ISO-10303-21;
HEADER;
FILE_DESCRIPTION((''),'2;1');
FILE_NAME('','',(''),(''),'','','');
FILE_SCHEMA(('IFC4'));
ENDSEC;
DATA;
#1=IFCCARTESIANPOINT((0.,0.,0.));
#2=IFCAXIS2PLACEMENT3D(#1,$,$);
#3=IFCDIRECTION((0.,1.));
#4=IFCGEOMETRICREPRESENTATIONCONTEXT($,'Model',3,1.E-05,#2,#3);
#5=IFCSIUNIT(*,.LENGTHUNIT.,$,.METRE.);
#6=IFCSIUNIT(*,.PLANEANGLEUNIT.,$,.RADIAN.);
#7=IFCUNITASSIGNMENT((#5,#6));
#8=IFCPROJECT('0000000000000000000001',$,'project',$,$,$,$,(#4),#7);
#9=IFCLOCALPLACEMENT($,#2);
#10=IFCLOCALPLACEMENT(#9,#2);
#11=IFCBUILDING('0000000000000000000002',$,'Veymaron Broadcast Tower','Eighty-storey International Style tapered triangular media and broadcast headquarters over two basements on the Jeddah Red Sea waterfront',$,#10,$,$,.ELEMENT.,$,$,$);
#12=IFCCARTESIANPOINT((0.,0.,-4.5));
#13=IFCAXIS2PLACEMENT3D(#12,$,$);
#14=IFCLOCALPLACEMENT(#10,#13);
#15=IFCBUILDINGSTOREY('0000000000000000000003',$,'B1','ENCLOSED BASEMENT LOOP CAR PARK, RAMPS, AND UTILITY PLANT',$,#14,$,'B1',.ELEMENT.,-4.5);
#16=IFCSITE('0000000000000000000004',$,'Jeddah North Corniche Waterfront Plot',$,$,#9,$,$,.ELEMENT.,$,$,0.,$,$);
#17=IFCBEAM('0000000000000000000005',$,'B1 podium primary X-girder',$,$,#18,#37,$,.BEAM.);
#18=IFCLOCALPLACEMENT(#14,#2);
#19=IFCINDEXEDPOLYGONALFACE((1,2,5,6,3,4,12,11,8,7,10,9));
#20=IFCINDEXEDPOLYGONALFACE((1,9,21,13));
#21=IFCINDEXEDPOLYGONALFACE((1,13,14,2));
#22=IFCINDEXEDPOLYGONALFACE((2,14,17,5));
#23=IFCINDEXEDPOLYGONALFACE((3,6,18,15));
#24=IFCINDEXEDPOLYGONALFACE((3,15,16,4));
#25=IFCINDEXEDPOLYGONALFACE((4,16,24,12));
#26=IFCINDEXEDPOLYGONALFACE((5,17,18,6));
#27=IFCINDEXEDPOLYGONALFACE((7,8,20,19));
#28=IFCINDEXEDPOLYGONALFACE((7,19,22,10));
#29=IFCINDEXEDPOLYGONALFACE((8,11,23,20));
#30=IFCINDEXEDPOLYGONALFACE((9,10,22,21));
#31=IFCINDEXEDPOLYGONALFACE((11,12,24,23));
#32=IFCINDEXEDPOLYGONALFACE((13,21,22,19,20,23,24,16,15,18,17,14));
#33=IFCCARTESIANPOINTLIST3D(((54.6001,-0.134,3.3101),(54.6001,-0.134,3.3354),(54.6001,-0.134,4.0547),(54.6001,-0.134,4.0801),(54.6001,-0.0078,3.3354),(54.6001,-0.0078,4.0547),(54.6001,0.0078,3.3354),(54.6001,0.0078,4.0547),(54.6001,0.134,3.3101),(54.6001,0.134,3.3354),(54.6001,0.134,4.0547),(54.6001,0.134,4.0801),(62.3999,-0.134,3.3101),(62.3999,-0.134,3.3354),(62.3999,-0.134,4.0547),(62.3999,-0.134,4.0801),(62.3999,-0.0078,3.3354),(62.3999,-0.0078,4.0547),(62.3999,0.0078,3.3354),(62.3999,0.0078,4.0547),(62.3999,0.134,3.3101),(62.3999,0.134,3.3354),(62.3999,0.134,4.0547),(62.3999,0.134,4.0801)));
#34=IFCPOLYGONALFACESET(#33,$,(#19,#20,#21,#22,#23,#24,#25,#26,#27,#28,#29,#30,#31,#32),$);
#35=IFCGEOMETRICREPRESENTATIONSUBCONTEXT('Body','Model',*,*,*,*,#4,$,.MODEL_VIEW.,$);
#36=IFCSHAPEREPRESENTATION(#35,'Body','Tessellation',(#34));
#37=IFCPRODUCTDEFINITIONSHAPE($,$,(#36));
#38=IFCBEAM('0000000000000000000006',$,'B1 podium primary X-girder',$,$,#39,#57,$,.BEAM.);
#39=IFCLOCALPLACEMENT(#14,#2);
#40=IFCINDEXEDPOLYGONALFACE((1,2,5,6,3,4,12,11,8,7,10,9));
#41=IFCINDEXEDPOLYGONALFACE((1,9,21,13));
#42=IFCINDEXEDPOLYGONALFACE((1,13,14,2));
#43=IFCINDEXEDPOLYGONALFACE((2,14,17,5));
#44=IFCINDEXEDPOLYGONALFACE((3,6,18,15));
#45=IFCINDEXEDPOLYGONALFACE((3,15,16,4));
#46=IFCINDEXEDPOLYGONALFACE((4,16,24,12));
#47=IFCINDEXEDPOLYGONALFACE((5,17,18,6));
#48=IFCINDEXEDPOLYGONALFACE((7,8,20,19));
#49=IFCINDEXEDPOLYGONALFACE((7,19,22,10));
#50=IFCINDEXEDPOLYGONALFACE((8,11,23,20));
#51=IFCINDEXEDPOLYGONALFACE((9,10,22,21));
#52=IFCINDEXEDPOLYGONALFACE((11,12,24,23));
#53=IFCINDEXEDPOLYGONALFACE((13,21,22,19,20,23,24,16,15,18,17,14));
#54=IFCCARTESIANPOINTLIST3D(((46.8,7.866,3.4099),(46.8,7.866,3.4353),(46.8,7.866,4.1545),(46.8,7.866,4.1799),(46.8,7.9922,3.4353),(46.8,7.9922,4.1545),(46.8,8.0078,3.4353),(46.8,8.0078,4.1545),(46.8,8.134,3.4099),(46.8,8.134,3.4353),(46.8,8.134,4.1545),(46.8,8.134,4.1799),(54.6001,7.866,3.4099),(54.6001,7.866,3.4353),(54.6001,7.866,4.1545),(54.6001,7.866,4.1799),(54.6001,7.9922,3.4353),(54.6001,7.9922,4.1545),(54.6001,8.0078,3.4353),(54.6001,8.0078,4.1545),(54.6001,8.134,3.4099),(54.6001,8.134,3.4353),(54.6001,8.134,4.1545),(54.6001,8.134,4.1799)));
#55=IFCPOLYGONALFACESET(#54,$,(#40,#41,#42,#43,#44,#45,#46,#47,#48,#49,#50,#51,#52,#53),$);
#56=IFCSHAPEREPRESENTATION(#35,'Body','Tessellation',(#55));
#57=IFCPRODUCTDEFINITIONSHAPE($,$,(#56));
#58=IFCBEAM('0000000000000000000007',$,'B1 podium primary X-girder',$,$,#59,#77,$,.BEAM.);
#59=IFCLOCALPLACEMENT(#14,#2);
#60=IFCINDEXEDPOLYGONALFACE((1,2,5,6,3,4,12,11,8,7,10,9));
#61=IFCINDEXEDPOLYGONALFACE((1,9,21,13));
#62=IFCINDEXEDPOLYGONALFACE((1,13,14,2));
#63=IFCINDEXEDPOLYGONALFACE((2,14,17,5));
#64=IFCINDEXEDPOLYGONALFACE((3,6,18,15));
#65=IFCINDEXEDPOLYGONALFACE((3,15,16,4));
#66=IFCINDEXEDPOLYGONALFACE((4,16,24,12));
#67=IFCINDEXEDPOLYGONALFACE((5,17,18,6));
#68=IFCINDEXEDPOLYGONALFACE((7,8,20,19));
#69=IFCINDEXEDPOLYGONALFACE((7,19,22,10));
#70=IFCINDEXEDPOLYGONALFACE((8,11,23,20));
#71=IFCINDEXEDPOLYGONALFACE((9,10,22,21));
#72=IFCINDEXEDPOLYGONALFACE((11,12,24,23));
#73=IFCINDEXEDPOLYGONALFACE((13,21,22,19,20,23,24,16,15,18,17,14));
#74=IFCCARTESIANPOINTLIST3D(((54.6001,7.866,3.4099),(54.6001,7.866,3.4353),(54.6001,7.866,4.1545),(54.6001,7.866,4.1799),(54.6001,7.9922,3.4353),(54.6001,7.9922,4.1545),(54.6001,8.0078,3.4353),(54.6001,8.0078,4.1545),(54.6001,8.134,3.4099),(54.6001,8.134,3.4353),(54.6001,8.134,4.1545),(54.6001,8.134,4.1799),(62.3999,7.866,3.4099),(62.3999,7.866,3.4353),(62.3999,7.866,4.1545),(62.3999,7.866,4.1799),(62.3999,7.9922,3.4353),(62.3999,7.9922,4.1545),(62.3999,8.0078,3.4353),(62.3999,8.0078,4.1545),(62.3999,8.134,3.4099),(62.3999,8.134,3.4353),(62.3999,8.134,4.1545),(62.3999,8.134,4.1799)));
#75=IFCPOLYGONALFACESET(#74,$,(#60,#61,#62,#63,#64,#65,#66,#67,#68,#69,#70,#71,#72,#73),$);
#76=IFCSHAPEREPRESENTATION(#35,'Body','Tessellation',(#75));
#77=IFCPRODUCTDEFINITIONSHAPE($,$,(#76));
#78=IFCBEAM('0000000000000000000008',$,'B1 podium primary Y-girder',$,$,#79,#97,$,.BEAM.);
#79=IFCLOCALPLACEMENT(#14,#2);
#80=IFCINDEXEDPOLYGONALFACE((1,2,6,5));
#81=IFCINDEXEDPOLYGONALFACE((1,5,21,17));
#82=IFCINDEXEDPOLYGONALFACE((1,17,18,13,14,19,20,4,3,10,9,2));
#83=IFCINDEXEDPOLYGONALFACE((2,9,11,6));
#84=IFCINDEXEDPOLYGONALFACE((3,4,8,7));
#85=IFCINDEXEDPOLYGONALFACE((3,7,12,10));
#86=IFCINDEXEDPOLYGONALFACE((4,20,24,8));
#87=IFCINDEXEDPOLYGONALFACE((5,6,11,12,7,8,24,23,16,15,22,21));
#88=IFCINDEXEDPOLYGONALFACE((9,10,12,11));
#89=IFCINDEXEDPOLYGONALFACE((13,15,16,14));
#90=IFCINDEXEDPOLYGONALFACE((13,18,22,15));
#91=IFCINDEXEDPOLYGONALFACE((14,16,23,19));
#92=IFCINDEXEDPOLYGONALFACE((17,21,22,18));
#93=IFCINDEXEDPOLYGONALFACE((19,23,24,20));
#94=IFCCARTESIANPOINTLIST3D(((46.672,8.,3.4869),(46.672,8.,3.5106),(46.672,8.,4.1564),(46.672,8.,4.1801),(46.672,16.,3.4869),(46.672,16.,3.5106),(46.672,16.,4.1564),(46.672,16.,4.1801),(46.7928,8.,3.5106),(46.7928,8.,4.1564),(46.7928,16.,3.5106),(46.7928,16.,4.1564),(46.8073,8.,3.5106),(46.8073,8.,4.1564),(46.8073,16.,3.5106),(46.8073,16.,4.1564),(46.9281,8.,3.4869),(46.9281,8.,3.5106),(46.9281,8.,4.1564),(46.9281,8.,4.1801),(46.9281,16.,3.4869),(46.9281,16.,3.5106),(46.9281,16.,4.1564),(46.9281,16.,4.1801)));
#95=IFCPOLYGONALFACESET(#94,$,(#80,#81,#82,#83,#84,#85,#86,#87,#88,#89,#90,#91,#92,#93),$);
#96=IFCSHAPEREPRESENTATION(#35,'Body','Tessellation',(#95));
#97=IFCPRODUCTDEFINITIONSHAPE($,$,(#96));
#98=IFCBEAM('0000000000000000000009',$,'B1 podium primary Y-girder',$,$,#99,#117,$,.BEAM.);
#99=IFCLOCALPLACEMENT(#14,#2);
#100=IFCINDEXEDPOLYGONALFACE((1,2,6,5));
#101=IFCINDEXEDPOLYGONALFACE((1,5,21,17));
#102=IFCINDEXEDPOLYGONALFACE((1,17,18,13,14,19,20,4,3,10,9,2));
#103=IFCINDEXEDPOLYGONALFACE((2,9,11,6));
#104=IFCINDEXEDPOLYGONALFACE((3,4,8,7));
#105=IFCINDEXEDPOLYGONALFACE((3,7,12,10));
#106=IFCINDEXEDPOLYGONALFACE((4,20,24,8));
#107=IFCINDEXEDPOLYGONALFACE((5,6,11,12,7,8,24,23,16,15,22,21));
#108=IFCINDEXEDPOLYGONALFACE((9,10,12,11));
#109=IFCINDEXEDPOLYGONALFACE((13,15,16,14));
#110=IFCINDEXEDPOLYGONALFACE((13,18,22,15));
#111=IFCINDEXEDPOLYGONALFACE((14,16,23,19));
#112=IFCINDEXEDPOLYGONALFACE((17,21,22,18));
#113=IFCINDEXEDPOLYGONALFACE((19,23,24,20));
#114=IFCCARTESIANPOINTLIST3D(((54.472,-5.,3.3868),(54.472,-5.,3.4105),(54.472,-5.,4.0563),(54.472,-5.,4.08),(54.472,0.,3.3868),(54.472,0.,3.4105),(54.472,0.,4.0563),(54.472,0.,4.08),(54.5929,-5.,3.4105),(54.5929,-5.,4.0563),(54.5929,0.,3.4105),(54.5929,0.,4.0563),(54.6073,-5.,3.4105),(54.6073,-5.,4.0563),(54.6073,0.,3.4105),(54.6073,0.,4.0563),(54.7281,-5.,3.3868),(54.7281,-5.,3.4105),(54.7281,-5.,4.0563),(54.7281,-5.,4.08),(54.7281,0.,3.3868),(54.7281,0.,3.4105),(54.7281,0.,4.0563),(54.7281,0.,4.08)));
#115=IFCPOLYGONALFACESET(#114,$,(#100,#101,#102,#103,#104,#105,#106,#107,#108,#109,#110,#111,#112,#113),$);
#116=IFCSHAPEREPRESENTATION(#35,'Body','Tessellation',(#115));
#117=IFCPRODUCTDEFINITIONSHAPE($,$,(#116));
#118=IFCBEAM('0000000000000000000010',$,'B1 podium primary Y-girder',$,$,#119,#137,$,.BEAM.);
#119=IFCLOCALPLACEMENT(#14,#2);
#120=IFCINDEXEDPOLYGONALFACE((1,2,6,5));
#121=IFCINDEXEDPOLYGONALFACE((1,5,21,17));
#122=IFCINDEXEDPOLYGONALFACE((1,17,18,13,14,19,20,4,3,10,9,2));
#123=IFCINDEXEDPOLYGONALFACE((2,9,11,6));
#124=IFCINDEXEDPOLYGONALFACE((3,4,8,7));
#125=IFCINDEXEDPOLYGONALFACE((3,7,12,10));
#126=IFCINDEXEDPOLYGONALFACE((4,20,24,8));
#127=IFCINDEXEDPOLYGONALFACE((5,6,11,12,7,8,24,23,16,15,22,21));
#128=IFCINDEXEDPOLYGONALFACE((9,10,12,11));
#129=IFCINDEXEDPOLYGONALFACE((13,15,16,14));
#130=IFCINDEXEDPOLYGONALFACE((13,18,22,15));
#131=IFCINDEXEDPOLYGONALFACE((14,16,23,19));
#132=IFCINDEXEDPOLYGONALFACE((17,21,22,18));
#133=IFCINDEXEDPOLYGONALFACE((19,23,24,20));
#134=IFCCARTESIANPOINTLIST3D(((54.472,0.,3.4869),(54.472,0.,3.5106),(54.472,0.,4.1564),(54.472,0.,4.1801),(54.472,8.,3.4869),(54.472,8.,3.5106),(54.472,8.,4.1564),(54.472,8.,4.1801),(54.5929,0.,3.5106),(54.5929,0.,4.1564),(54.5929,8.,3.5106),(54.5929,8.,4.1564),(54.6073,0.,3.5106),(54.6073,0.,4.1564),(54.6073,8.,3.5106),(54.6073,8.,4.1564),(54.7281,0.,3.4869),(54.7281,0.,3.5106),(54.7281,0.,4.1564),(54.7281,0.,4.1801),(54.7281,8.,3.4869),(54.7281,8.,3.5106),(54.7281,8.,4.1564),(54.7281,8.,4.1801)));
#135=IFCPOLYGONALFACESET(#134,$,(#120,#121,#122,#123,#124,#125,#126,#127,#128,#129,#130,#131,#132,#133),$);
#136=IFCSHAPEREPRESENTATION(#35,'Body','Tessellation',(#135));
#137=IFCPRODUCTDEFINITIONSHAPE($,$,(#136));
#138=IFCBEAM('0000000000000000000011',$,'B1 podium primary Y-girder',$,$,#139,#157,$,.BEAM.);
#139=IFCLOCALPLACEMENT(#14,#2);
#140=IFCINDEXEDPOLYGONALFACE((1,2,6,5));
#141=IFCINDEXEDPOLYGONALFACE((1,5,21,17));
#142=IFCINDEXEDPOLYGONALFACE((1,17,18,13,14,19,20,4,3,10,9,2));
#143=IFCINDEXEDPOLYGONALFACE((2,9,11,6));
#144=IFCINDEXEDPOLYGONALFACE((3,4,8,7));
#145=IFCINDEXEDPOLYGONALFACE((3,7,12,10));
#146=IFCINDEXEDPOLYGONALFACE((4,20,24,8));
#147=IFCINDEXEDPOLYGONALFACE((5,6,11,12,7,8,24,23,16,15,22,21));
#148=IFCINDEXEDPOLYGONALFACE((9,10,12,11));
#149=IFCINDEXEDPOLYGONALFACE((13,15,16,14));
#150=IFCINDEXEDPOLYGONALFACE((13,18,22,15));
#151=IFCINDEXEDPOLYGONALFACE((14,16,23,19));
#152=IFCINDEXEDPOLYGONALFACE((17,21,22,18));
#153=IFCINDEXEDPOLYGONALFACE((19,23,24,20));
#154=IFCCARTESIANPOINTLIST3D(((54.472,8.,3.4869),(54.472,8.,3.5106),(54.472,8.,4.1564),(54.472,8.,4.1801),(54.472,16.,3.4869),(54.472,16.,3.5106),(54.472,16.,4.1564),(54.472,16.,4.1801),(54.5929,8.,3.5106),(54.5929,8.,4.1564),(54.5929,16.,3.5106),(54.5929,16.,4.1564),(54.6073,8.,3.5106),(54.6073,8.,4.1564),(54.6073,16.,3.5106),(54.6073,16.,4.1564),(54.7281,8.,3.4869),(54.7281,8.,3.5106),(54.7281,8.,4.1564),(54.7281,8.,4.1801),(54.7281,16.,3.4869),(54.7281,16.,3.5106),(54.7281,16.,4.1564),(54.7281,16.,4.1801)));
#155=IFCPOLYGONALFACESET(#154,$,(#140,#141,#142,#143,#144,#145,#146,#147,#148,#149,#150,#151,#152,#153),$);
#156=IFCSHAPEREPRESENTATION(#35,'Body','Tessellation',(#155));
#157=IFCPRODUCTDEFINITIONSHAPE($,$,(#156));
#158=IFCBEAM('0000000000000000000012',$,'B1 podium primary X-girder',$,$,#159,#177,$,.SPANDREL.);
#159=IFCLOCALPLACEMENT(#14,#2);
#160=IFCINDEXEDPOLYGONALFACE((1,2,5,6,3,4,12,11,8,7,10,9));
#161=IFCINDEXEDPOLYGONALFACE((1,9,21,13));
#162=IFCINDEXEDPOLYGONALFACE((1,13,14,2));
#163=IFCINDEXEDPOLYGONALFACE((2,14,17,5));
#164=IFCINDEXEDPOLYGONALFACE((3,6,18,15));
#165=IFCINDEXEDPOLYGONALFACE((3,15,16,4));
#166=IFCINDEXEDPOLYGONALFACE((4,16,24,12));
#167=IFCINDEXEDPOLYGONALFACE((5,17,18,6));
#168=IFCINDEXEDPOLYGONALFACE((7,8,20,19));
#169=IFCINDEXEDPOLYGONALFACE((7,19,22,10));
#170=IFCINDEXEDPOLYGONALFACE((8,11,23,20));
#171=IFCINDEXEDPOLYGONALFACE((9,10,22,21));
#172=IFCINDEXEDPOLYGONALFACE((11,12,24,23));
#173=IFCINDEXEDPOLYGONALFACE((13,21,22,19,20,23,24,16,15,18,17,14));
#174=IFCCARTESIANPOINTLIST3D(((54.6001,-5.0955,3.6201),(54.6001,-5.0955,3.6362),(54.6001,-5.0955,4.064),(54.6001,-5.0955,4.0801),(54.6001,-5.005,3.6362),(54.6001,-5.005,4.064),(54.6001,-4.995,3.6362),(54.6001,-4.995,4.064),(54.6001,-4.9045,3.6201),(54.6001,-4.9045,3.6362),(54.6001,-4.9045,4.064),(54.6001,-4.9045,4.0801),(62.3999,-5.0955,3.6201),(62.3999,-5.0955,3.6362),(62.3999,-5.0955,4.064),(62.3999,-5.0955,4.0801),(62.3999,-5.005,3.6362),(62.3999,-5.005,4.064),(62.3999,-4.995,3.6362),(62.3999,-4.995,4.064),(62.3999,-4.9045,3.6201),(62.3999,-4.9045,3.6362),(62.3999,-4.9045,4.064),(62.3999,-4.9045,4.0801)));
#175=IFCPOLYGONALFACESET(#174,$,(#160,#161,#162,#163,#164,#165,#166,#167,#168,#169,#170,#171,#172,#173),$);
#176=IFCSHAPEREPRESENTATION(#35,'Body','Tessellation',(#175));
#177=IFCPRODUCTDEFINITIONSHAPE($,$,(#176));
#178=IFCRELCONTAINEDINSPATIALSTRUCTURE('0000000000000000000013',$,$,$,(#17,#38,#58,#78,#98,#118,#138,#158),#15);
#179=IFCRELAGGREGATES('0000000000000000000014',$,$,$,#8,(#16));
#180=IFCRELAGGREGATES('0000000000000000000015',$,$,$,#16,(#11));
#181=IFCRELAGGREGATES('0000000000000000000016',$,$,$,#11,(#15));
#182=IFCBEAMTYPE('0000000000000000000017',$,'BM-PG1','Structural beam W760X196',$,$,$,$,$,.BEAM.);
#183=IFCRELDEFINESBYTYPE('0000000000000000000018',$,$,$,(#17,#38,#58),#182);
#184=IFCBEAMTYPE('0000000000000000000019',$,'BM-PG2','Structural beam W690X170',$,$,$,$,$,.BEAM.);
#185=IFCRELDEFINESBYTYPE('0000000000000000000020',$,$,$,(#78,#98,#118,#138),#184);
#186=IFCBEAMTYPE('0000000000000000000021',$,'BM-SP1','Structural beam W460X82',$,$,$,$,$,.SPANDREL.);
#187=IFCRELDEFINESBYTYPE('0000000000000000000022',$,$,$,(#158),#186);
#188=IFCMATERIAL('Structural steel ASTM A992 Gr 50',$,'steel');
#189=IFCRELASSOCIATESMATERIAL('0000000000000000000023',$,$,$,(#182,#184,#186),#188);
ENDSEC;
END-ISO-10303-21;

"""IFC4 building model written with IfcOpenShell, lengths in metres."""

from ifc_helpers import new_model, si_unit, direction, frame, origin, origin_2d, place, context, subcontext, project, spatial, i_section, extrude, material, material_profile, profile_set, type_object, element, save


model = new_model("IFC4")

# Units and contexts
model_context = context("Model", 3, precision=1e-05, world=origin(), true_north=direction((0.0, 1.0)))
body_context = subcontext(model_context, "Body", "Model", "MODEL_VIEW")
ifc_project = project(units=[si_unit("LENGTHUNIT", "METRE"), si_unit("PLANEANGLEUNIT", "RADIAN")], contexts=[model_context])

# Site, building, storey
site_placement = place(None, origin())
site = spatial("IfcSite", under=ifc_project, at=site_placement, Name="Jeddah North Corniche Waterfront Plot", CompositionType="ELEMENT", RefElevation=0.0)
building_placement = place(site_placement, origin())
building = spatial("IfcBuilding", under=site, at=building_placement, Name="Veymaron Broadcast Tower", Description="Eighty-storey International Style tapered triangular media and broadcast headquarters over two basements on the Jeddah Red Sea waterfront", CompositionType="ELEMENT")
storey_placement = place(building_placement, frame((0.0, 0.0, -4.5)))
storey = spatial("IfcBuildingStorey", under=building, at=storey_placement, Name="B1", Description="ENCLOSED BASEMENT LOOP CAR PARK, RAMPS, AND UTILITY PLANT", LongName="B1", CompositionType="ELEMENT", Elevation=-4.5)

# Beams
ifc_material_1 = material(Name="Structural steel ASTM A992 Gr 50", Category="steel")
ifc_material_profile_1 = material_profile(ifc_material_1, i_section(OverallWidth=0.2681, OverallDepth=0.77, WebThickness=0.0156, FlangeThickness=0.0254, at=origin_2d()), Name="W760X196")
ifc_profile_set_1 = profile_set([ifc_material_profile_1], Name="Structural steel ASTM A992 Gr 50")
beam_type_1 = type_object("IfcBeamType", Name="BM-PG1", Description="Structural beam W760X196", PredefinedType="BEAM", material=ifc_profile_set_1)
beam_1_placement = place(storey_placement, frame((54.6001, 0.0, 3.6951), z_axis=(1.0, 0.0, 0.0), x_axis=(0.0, 1.0, 0.0)))
element("IfcBeam", 1, at=beam_1_placement, inside=storey, type_object=beam_type_1, Name="B1 podium primary X-girder", PredefinedType="BEAM", context=body_context, shape_type="SweptSolid", body=[
    extrude(i_section(OverallWidth=0.2681, OverallDepth=0.77, WebThickness=0.0156, FlangeThickness=0.0254, at=origin_2d()), origin(), (0.0, 0.0, 1.0), 7.7998),
])
beam_2_placement = place(storey_placement, frame((46.8, 8.0, 3.7949), z_axis=(1.0, 0.0, 0.0), x_axis=(0.0, 1.0, 0.0)))
element("IfcBeam", 2, at=beam_2_placement, inside=storey, type_object=beam_type_1, Name="B1 podium primary X-girder", PredefinedType="BEAM", context=body_context, shape_type="SweptSolid", body=[
    extrude(i_section(OverallWidth=0.2681, OverallDepth=0.77, WebThickness=0.0156, FlangeThickness=0.0254, at=origin_2d()), origin(), (0.0, 0.0, 1.0), 7.8),
])
beam_3_placement = place(storey_placement, frame((54.6001, 8.0, 3.7949), z_axis=(1.0, 0.0, 0.0), x_axis=(0.0, 1.0, 0.0)))
element("IfcBeam", 3, at=beam_3_placement, inside=storey, type_object=beam_type_1, Name="B1 podium primary X-girder", PredefinedType="BEAM", context=body_context, shape_type="SweptSolid", body=[
    extrude(i_section(OverallWidth=0.2681, OverallDepth=0.77, WebThickness=0.0156, FlangeThickness=0.0254, at=origin_2d()), origin(), (0.0, 0.0, 1.0), 7.7998),
])
ifc_material_profile_2 = material_profile(ifc_material_1, i_section(OverallWidth=0.2561, OverallDepth=0.6931, WebThickness=0.0144, FlangeThickness=0.0237, at=origin_2d()), Name="W690X170")
ifc_profile_set_2 = profile_set([ifc_material_profile_2], Name="Structural steel ASTM A992 Gr 50")
beam_type_2 = type_object("IfcBeamType", Name="BM-PG2", Description="Structural beam W690X170", PredefinedType="BEAM", material=ifc_profile_set_2)
beam_4_placement = place(storey_placement, frame((46.8, 8.0, 3.8335), z_axis=(0.0, 1.0, 0.0), x_axis=(-1.0, 0.0, 0.0)))
element("IfcBeam", 4, at=beam_4_placement, inside=storey, type_object=beam_type_2, Name="B1 podium primary Y-girder", PredefinedType="BEAM", context=body_context, shape_type="SweptSolid", body=[
    extrude(i_section(OverallWidth=0.2561, OverallDepth=0.6931, WebThickness=0.0144, FlangeThickness=0.0237, at=origin_2d()), origin(), (0.0, 0.0, 1.0), 8.0),
])
beam_5_placement = place(storey_placement, frame((54.6001, -5.0, 3.7334), z_axis=(0.0, 1.0, 0.0), x_axis=(-1.0, 0.0, 0.0)))
element("IfcBeam", 5, at=beam_5_placement, inside=storey, type_object=beam_type_2, Name="B1 podium primary Y-girder", PredefinedType="BEAM", context=body_context, shape_type="SweptSolid", body=[
    extrude(i_section(OverallWidth=0.2561, OverallDepth=0.6931, WebThickness=0.0144, FlangeThickness=0.0237, at=origin_2d()), origin(), (0.0, 0.0, 1.0), 5.0),
])
for number, where, z_axis, x_axis, name in (
    (6, (54.6001, 0.0, 3.8335), (0.0, 1.0, 0.0), (-1.0, 0.0, 0.0), "B1 podium primary Y-girder"),
    (7, (54.6001, 8.0, 3.8335), (0.0, 1.0, 0.0), (-1.0, 0.0, 0.0), "B1 podium primary Y-girder"),
):
    element("IfcBeam", number, at=place(storey_placement, frame(where, z_axis=z_axis, x_axis=x_axis)), inside=storey, type_object=beam_type_2, Name=name, PredefinedType="BEAM", context=body_context, shape_type="SweptSolid", body=[
        extrude(i_section(OverallWidth=0.2561, OverallDepth=0.6931, WebThickness=0.0144, FlangeThickness=0.0237, at=origin_2d()), origin(), (0.0, 0.0, 1.0), 8.0),
    ])
ifc_material_profile_3 = material_profile(ifc_material_1, i_section(OverallWidth=0.1909, OverallDepth=0.46, WebThickness=0.01, FlangeThickness=0.0161, at=origin_2d()), Name="W460X82")
ifc_profile_set_3 = profile_set([ifc_material_profile_3], Name="Structural steel ASTM A992 Gr 50")
beam_type_3 = type_object("IfcBeamType", Name="BM-SP1", Description="Structural beam W460X82", PredefinedType="SPANDREL", material=ifc_profile_set_3)
beam_6_placement = place(storey_placement, frame((54.6001, -5.0, 3.8501), z_axis=(1.0, 0.0, 0.0), x_axis=(0.0, 1.0, 0.0)))
element("IfcBeam", 8, at=beam_6_placement, inside=storey, type_object=beam_type_3, Name="B1 podium primary X-girder", PredefinedType="SPANDREL", context=body_context, shape_type="SweptSolid", body=[
    extrude(i_section(OverallWidth=0.1909, OverallDepth=0.46, WebThickness=0.01, FlangeThickness=0.0161, at=origin_2d()), origin(), (0.0, 0.0, 1.0), 7.7998),
])

save(model, "model.ifc")
